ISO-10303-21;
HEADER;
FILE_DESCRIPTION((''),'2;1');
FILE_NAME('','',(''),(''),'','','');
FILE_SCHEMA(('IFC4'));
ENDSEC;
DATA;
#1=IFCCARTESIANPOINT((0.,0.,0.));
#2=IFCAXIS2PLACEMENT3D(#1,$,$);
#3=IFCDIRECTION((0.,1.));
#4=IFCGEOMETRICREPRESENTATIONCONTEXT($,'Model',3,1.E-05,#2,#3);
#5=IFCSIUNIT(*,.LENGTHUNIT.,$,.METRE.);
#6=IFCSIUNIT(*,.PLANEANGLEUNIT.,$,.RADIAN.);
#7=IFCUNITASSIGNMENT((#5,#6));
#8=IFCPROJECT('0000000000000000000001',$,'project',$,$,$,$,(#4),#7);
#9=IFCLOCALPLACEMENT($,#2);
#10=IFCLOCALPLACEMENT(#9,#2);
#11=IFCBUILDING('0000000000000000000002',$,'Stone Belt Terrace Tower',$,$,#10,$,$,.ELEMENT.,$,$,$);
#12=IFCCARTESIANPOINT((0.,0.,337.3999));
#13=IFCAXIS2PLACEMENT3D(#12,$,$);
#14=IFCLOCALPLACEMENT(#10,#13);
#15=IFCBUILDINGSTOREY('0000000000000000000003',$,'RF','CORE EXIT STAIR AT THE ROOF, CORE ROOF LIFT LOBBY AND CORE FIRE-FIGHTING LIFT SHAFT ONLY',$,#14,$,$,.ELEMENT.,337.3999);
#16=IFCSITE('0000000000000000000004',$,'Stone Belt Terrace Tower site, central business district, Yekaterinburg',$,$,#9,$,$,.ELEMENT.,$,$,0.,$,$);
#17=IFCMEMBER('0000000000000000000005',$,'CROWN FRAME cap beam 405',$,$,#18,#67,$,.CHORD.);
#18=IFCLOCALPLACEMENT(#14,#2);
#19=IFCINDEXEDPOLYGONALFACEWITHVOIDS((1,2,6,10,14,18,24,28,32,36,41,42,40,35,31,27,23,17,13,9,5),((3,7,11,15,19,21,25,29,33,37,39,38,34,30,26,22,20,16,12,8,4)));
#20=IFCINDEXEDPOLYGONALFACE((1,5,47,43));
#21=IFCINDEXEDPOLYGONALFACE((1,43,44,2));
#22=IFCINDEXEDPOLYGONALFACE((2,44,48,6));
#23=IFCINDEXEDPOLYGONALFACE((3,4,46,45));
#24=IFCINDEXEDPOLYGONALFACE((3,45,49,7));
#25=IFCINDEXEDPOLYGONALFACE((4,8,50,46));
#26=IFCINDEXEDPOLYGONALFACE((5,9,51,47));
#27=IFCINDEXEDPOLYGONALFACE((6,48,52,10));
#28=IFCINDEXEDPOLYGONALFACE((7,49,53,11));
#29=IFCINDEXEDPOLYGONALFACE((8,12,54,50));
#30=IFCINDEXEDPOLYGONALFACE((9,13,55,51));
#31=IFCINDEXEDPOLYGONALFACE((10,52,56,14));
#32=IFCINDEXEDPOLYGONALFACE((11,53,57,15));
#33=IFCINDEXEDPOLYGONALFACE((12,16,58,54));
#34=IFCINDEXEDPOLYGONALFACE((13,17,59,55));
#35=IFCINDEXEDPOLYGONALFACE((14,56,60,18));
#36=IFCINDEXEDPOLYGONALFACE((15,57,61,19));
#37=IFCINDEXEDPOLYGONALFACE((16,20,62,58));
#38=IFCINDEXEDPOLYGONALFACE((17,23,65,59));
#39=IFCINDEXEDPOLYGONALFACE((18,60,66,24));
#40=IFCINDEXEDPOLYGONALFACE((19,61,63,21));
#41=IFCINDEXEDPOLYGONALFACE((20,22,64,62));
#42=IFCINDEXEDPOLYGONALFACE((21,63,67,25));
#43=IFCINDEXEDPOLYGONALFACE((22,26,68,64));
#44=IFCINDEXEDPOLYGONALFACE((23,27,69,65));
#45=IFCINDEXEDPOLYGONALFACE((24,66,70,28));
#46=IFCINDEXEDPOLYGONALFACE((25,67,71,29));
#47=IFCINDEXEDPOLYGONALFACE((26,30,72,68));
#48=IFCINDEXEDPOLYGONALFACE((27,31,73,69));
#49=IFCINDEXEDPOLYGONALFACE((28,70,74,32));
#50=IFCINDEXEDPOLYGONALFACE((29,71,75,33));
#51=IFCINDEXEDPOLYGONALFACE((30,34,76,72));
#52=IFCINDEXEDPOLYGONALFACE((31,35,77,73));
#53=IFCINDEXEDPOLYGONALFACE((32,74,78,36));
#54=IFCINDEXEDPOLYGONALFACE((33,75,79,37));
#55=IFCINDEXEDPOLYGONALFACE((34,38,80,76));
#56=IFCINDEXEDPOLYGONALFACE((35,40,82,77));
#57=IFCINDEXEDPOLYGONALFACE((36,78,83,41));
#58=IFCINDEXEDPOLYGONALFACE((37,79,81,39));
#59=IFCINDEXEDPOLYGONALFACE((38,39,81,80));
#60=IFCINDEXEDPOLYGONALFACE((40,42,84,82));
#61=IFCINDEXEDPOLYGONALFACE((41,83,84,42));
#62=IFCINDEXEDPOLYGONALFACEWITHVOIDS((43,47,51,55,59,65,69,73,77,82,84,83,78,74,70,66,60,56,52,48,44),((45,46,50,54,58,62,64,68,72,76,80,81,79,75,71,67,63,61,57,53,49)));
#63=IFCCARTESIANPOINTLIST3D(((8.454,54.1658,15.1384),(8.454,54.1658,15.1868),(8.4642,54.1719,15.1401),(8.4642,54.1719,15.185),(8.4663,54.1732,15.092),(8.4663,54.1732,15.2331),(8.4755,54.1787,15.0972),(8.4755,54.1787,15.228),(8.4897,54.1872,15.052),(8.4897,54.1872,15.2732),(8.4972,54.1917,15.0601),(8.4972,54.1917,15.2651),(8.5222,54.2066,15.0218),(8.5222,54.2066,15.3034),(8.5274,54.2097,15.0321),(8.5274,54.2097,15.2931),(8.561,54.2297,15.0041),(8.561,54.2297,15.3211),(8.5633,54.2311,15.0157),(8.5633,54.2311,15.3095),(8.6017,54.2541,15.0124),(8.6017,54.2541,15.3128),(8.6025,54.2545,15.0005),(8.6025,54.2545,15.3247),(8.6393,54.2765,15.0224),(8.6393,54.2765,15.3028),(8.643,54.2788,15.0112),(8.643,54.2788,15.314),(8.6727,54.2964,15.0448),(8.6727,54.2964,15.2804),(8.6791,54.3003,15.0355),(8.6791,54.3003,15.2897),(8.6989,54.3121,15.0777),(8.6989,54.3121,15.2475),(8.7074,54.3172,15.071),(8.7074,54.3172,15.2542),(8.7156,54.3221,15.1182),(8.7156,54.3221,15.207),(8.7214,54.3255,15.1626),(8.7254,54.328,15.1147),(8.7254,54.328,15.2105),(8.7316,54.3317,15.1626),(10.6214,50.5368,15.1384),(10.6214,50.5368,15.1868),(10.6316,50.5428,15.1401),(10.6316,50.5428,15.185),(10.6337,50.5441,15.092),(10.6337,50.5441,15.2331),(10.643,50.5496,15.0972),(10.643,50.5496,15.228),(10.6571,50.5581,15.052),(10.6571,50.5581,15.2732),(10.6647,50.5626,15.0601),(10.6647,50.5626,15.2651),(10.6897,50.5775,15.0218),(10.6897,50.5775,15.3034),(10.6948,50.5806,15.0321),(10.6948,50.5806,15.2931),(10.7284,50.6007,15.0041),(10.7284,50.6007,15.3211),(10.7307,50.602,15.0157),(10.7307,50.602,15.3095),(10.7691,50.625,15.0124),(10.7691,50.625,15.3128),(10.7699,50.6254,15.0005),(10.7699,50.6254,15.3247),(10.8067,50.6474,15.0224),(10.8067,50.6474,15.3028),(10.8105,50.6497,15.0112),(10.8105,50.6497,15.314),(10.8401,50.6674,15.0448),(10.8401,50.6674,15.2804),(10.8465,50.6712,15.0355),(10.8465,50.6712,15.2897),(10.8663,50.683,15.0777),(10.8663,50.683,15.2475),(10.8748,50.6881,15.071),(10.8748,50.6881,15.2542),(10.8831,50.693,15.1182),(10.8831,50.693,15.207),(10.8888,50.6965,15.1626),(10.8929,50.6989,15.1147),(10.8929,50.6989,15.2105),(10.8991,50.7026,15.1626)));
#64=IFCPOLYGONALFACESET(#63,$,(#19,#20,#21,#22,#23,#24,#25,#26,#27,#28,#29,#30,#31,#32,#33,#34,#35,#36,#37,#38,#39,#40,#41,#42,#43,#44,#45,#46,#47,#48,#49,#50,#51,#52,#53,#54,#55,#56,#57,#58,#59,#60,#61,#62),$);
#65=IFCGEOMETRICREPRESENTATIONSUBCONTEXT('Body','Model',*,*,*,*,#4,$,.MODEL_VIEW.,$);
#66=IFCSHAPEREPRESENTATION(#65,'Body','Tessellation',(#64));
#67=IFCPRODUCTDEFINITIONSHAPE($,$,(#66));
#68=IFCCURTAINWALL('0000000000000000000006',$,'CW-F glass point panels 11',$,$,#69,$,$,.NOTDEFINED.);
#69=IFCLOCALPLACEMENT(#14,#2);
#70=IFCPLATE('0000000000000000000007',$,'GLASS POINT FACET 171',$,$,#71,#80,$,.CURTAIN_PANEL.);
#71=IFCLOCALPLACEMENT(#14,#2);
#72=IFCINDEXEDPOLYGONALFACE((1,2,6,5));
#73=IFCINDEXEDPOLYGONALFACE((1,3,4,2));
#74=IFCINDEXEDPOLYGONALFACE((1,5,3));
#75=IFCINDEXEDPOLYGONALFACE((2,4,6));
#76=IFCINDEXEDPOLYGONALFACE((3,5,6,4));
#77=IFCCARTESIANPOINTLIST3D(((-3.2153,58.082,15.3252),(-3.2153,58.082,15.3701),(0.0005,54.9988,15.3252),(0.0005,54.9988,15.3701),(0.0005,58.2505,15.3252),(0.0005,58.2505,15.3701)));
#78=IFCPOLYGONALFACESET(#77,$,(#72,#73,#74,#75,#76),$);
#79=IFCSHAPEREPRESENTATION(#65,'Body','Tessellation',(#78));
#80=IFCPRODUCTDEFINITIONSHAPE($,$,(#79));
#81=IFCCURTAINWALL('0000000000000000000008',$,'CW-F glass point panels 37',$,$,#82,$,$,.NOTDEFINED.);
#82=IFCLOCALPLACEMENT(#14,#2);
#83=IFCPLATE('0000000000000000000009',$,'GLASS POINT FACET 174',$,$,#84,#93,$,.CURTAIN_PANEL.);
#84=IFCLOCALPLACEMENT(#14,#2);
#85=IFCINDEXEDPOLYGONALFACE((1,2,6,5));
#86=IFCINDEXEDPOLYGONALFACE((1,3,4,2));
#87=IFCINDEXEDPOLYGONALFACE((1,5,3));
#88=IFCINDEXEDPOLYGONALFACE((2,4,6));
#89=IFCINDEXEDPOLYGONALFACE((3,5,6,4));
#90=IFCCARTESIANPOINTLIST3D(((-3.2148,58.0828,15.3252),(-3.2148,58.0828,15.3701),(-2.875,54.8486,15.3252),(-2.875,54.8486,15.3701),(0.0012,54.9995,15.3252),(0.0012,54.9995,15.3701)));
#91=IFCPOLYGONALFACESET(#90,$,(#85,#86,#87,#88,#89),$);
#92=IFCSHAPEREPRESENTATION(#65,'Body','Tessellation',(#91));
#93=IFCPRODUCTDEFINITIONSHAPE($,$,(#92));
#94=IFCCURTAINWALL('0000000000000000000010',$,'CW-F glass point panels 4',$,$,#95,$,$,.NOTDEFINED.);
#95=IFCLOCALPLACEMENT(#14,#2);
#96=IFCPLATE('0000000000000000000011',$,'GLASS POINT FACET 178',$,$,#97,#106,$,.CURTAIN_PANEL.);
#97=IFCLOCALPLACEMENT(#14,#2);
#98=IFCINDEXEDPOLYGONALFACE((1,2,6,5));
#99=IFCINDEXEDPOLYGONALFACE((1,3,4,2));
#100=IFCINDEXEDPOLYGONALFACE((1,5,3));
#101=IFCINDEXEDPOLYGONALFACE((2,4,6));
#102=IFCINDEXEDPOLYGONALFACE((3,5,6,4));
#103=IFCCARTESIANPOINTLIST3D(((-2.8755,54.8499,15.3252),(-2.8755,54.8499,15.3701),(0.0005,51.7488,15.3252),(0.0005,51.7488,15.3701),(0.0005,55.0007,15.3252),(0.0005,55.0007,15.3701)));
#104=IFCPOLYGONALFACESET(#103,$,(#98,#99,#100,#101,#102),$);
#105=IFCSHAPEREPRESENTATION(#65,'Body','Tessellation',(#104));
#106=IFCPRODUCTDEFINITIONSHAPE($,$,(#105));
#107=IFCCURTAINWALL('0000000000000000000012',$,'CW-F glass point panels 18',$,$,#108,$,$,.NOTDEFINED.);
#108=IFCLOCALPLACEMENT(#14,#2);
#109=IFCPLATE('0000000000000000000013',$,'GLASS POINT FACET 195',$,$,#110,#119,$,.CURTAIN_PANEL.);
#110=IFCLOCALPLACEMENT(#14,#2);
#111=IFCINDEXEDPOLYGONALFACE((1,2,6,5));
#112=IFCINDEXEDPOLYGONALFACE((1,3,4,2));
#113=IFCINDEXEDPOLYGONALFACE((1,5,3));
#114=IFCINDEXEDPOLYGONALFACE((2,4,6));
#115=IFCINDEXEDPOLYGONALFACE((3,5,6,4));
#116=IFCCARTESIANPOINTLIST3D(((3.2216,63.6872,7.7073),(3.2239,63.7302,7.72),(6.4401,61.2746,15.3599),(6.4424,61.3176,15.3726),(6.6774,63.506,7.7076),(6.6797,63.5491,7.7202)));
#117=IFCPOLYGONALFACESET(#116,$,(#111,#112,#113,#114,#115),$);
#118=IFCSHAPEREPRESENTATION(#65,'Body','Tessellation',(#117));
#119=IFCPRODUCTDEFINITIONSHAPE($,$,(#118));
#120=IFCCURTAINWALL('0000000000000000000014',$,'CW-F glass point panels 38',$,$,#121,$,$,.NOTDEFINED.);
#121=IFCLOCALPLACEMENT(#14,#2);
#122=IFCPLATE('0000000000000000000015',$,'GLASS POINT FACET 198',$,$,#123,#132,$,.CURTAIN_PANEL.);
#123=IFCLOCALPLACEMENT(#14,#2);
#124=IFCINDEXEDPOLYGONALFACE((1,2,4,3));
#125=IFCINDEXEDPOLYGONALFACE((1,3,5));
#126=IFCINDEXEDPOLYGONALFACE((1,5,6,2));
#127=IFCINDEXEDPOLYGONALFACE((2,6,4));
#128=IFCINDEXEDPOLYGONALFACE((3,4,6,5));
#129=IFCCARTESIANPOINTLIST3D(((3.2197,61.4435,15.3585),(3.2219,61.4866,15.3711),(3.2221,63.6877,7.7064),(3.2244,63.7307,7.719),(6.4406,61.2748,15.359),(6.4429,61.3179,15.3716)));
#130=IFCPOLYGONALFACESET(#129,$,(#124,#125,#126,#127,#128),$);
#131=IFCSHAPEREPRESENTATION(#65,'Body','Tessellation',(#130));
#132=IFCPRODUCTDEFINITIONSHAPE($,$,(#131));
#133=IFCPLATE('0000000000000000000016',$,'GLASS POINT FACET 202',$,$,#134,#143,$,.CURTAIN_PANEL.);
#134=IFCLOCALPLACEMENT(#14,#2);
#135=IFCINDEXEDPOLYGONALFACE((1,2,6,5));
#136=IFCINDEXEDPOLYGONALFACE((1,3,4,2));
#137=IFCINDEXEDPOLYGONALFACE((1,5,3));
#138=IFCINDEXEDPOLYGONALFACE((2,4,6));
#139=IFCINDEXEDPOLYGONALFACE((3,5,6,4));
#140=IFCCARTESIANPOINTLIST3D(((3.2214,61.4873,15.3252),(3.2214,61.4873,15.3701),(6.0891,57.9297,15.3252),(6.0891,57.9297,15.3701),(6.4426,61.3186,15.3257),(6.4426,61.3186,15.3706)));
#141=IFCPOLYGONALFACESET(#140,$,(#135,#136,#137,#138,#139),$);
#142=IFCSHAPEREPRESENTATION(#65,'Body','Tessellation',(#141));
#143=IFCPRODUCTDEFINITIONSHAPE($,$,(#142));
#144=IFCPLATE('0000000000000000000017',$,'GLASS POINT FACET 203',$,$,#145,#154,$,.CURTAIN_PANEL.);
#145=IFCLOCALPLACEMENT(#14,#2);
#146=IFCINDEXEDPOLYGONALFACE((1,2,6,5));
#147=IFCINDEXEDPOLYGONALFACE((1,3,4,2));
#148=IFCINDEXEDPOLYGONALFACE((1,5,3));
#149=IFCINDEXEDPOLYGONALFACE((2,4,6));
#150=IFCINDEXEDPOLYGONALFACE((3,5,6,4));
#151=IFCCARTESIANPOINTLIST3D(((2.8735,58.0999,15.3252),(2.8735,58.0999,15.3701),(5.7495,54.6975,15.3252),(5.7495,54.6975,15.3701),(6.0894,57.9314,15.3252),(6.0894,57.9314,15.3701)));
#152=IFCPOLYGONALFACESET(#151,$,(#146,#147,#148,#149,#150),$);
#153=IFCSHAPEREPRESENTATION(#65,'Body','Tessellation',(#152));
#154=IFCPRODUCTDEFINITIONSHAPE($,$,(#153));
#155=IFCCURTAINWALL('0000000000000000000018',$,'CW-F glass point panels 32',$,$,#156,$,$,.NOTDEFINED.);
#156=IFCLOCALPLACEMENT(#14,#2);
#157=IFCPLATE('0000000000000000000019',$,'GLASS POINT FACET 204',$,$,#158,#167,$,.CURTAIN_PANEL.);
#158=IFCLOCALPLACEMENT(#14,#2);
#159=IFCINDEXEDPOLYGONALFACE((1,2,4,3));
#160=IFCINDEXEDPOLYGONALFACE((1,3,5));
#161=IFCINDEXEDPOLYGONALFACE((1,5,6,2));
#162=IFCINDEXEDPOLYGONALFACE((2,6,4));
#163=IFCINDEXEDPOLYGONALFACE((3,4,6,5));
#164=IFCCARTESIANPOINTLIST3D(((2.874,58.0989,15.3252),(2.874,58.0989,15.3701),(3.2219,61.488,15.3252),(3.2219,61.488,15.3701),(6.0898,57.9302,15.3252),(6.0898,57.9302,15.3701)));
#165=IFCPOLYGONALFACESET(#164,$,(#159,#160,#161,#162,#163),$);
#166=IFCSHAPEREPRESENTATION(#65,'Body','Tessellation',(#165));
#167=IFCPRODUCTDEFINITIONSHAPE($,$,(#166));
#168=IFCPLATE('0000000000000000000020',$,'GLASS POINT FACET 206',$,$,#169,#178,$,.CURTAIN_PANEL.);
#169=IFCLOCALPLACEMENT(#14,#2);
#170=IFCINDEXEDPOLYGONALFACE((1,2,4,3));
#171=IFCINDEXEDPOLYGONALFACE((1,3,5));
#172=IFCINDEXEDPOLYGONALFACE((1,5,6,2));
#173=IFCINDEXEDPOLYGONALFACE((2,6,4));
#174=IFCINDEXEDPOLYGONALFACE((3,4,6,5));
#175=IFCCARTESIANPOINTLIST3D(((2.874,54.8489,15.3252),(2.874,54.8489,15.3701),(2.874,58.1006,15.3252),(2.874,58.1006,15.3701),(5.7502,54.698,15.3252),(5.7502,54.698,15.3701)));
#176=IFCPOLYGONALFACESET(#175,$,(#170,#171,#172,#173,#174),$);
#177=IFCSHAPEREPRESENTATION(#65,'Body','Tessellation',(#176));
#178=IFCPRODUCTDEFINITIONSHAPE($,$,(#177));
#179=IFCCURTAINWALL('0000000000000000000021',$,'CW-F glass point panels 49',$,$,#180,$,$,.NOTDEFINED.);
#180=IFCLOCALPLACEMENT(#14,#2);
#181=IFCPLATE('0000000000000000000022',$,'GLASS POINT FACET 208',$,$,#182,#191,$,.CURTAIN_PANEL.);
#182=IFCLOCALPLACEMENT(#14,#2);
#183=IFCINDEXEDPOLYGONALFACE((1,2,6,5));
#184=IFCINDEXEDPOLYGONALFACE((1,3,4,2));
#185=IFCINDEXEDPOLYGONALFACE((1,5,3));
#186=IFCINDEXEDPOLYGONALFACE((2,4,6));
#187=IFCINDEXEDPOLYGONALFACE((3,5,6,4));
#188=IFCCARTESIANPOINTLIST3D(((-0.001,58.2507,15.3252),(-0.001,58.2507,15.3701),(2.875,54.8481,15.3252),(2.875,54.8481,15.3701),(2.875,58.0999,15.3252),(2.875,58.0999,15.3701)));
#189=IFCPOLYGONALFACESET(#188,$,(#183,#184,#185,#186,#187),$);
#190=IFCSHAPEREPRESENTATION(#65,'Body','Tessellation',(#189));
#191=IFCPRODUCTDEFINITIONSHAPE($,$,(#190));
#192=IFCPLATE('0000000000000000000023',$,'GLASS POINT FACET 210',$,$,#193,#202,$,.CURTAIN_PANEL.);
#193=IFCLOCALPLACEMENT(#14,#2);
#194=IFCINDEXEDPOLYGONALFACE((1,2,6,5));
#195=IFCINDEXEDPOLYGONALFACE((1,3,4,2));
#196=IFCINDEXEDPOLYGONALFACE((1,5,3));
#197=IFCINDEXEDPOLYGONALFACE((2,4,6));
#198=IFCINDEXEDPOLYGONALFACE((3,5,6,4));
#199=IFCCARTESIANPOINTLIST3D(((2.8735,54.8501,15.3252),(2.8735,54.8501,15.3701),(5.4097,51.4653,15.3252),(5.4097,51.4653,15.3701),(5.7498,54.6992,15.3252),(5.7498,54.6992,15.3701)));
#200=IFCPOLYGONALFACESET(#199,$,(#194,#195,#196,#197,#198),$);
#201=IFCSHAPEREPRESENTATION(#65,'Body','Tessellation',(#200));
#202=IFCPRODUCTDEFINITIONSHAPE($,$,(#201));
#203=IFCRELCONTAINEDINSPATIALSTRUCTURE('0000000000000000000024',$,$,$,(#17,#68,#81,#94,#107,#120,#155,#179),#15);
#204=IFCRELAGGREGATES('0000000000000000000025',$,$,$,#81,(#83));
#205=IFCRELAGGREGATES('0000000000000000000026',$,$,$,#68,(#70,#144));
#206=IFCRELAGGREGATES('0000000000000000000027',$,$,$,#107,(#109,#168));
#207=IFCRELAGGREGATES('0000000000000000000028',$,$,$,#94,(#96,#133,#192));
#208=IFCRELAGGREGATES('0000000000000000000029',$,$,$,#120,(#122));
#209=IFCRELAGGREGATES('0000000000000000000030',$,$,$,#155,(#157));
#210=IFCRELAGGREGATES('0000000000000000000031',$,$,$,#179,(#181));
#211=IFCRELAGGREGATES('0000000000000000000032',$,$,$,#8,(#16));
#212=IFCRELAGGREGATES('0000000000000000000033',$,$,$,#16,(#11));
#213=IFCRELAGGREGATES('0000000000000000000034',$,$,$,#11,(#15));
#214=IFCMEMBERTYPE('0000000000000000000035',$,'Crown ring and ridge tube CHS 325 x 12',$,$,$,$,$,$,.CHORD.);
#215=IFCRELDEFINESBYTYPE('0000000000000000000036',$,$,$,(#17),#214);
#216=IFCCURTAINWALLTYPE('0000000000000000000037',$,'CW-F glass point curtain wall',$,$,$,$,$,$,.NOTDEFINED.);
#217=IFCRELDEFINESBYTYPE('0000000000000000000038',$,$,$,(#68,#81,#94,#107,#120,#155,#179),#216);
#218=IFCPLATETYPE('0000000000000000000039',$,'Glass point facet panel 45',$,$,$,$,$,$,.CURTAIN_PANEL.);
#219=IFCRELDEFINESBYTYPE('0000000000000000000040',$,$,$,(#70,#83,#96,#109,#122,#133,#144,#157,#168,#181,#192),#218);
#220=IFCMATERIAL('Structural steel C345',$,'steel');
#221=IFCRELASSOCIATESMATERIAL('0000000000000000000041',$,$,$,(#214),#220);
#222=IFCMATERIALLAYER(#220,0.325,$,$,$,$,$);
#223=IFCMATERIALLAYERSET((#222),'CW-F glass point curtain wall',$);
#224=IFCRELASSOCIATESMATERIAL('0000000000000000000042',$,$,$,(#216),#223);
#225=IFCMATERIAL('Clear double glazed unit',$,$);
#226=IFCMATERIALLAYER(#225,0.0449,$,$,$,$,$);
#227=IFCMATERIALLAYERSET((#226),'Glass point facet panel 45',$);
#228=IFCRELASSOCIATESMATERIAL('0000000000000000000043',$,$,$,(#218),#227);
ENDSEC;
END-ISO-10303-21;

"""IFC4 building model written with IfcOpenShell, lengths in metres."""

from ifc_helpers import new_model, si_unit, direction, frame, origin, origin_2d, place, context, subcontext, project, spatial, polyline, hollow_circle, outline, extrude, material, layer, layer_set, material_profile, profile_set, type_object, element, aggregate, save


model = new_model("IFC4")

# Units and contexts
model_context = context("Model", 3, precision=1e-05, world=origin(), true_north=direction((0.0, 1.0)))
body_context = subcontext(model_context, "Body", "Model", "MODEL_VIEW")
ifc_project = project(units=[si_unit("LENGTHUNIT", "METRE"), si_unit("PLANEANGLEUNIT", "RADIAN")], contexts=[model_context])

# Site, building, storey
site_placement = place(None, origin())
site = spatial("IfcSite", under=ifc_project, at=site_placement, Name="Stone Belt Terrace Tower site, central business district, Yekaterinburg", CompositionType="ELEMENT", RefElevation=0.0)
building_placement = place(site_placement, origin())
building = spatial("IfcBuilding", under=site, at=building_placement, Name="Stone Belt Terrace Tower", CompositionType="ELEMENT")
storey_placement = place(building_placement, frame((0.0, 0.0, 337.3999)))
storey = spatial("IfcBuildingStorey", under=building, at=storey_placement, Name="RF", Description="CORE EXIT STAIR AT THE ROOF, CORE ROOF LIFT LOBBY AND CORE FIRE-FIGHTING LIFT SHAFT ONLY", CompositionType="ELEMENT", Elevation=337.3999)

# Member
ifc_material_1 = material(Name="Structural steel C345", Category="steel")
ifc_material_profile = material_profile(ifc_material_1, hollow_circle(Radius=0.1626, WallThickness=0.012, at=origin_2d()), Name="Structural steel C345 CHS 325x12")
ifc_profile_set = profile_set([ifc_material_profile], Name="Structural steel C345")
member_type = type_object("IfcMemberType", Name="Crown ring and ridge tube CHS 325 x 12", PredefinedType="CHORD", material=ifc_profile_set)
member_1_placement = place(storey_placement, frame((8.592, 54.2483, 15.1626), z_axis=(0.512754, -0.858536, 0.0), x_axis=(0.858536, 0.512754, 0.0)))
element("IfcMember", 1, at=member_1_placement, inside=storey, type_object=member_type, Name="CROWN FRAME cap beam 405", PredefinedType="CHORD", context=body_context, shape_type="SweptSolid", body=[
    extrude(hollow_circle(Radius=0.1626, WallThickness=0.012, at=origin_2d()), origin(), (0.0, 0.0, 1.0), 4.2271),
])

# Curtain walls, plates
ifc_layer_1 = layer(ifc_material_1, 0.325)
ifc_layer_set_1 = layer_set([ifc_layer_1], Name="CW-F glass point curtain wall")
curtain_wall_type = type_object("IfcCurtainWallType", Name="CW-F glass point curtain wall", PredefinedType="NOTDEFINED", material=ifc_layer_set_1)
curtain_wall_1_placement = place(storey_placement, origin())
curtain_wall_1 = element("IfcCurtainWall", 2, at=curtain_wall_1_placement, inside=storey, type_object=curtain_wall_type, Name="CW-F glass point panels 11", PredefinedType="NOTDEFINED")
ifc_material_2 = material(Name="Clear double glazed unit")
ifc_layer_2 = layer(ifc_material_2, 0.0449)
ifc_layer_set_2 = layer_set([ifc_layer_2], Name="Glass point facet panel 45")
plate_type = type_object("IfcPlateType", Name="Glass point facet panel 45", PredefinedType="CURTAIN_PANEL", material=ifc_layer_set_2)
plate_1_placement = place(storey_placement, frame((0.0005, 54.9988, 15.3701), z_axis=(0.0, 0.0, 1.0), x_axis=(-0.721828, 0.692072, 0.0)))
plate_1 = element("IfcPlate", 3, at=plate_1_placement, type_object=plate_type, Name="GLASS POINT FACET 171", PredefinedType="CURTAIN_PANEL", context=body_context, shape_type="SweptSolid", body=[
    extrude(outline(polyline([(0.0, 0.0), (4.4551, 0.0), (2.2504, -2.3472), (0.0, 0.0)])), origin(), (0.0, 0.0, -1.0), 0.0449),
])
curtain_wall_2_placement = place(storey_placement, origin())
curtain_wall_2 = element("IfcCurtainWall", 4, at=curtain_wall_2_placement, inside=storey, type_object=curtain_wall_type, Name="CW-F glass point panels 37", PredefinedType="NOTDEFINED")
plate_2_placement = place(storey_placement, frame((0.0012, 54.9995, 15.3701), z_axis=(0.0, 0.0, 1.0), x_axis=(-0.998627, -0.052385, 0.0)))
plate_2 = element("IfcPlate", 5, at=plate_2_placement, type_object=plate_type, Name="GLASS POINT FACET 174", PredefinedType="CURTAIN_PANEL", context=body_context, shape_type="SweptSolid", body=[
    extrude(outline(polyline([(0.0, 0.0), (2.8802, 0.0), (3.0501, -3.2475), (0.0, 0.0)])), origin(), (0.0, 0.0, -1.0), 0.0449),
])
aggregate(curtain_wall_2, [plate_2])
curtain_wall_3_placement = place(storey_placement, origin())
curtain_wall_3 = element("IfcCurtainWall", 6, at=curtain_wall_3_placement, inside=storey, type_object=curtain_wall_type, Name="CW-F glass point panels 4", PredefinedType="NOTDEFINED")
plate_3_placement = place(storey_placement, frame((0.0005, 55.0007, 15.3701), z_axis=(0.0, 0.0, 1.0), x_axis=(0.0, -1.0, 0.0)))
plate_3 = element("IfcPlate", 7, at=plate_3_placement, type_object=plate_type, Name="GLASS POINT FACET 178", PredefinedType="CURTAIN_PANEL", context=body_context, shape_type="SweptSolid", body=[
    extrude(outline(polyline([(0.0, 0.0), (3.252, 0.0), (0.1509, -2.876), (0.0, 0.0)])), origin(), (0.0, 0.0, -1.0), 0.0449),
])
curtain_wall_4_placement = place(storey_placement, origin())
curtain_wall_4 = element("IfcCurtainWall", 8, at=curtain_wall_4_placement, inside=storey, type_object=curtain_wall_type, Name="CW-F glass point panels 18", PredefinedType="NOTDEFINED")
plate_4_placement = place(storey_placement, frame((6.4424, 61.3176, 15.3726), z_axis=(0.050218, 0.958386, 0.281025), x_axis=(-0.372283, 0.279064, -0.885171)))
plate_4 = element("IfcPlate", 9, at=plate_4_placement, type_object=plate_type, Name="GLASS POINT FACET 195", PredefinedType="CURTAIN_PANEL", context=body_context, shape_type="SweptSolid", body=[
    extrude(outline(polyline([(0.0, 0.0), (8.6453, 0.0), (7.308, -3.1917), (0.0, 0.0)])), origin(), (0.0, 0.0, -1.0), 0.0449),
])
curtain_wall_5_placement = place(storey_placement, origin())
curtain_wall_5 = element("IfcCurtainWall", 10, at=curtain_wall_5_placement, inside=storey, type_object=curtain_wall_type, Name="CW-F glass point panels 38", PredefinedType="NOTDEFINED")
plate_5_placement = place(storey_placement, frame((6.4429, 61.3179, 15.3716), z_axis=(0.050153, 0.958373, 0.281079), x_axis=(-0.998631, 0.052305, -0.000151)))
plate_5 = element("IfcPlate", 11, at=plate_5_placement, type_object=plate_type, Name="GLASS POINT FACET 198", PredefinedType="CURTAIN_PANEL", context=body_context, shape_type="SweptSolid", body=[
    extrude(outline(polyline([(0.0, 0.0), (3.2254, 0.0), (3.3415, -7.9735), (0.0, 0.0)])), origin(), (0.0, 0.0, -1.0), 0.0449),
])

# Plates
plate_6_placement = place(storey_placement, frame((6.4426, 61.3186, 15.3706), z_axis=(-0.000158, -0.000128, 1.0), x_axis=(-0.103752, -0.994603, -0.000143)))
plate_6 = element("IfcPlate", 12, at=plate_6_placement, type_object=plate_type, Name="GLASS POINT FACET 202", PredefinedType="CURTAIN_PANEL", context=body_context, shape_type="SweptSolid", body=[
    extrude(outline(polyline([(0.0, 0.0), (3.4073, 0.0), (0.1664, -3.2213), (0.0, 0.0)])), origin(), (0.0, 0.0, -1.0), 0.0449),
])
plate_7_placement = place(storey_placement, frame((5.7495, 54.6975, 15.3701), z_axis=(0.0, 0.0, 1.0), x_axis=(-0.645559, 0.76371, 0.0)))
plate_7 = element("IfcPlate", 13, at=plate_7_placement, type_object=plate_type, Name="GLASS POINT FACET 203", PredefinedType="CURTAIN_PANEL", context=body_context, shape_type="SweptSolid", body=[
    extrude(outline(polyline([(0.0, 0.0), (4.455, 0.0), (2.2504, -2.3472), (0.0, 0.0)])), origin(), (0.0, 0.0, -1.0), 0.0449),
])
aggregate(curtain_wall_1, [plate_1, plate_7])

# Curtain wall, plate
curtain_wall_6_placement = place(storey_placement, origin())
curtain_wall_6 = element("IfcCurtainWall", 14, at=curtain_wall_6_placement, inside=storey, type_object=curtain_wall_type, Name="CW-F glass point panels 32", PredefinedType="NOTDEFINED")
plate_8_placement = place(storey_placement, frame((3.2219, 61.488, 15.3701), z_axis=(0.0, 0.0, 1.0), x_axis=(0.627577, -0.778554, 0.0)))
plate_8 = element("IfcPlate", 15, at=plate_8_placement, type_object=plate_type, Name="GLASS POINT FACET 204", PredefinedType="CURTAIN_PANEL", context=body_context, shape_type="SweptSolid", body=[
    extrude(outline(polyline([(0.0, 0.0), (4.5698, 0.0), (2.4203, -2.3978), (0.0, 0.0)])), origin(), (0.0, 0.0, -1.0), 0.0449),
])

# Plate
plate_9_placement = place(storey_placement, frame((5.7502, 54.698, 15.3701), z_axis=(0.0, 0.0, 1.0), x_axis=(-0.998627, 0.052385, 0.0)))
plate_9 = element("IfcPlate", 16, at=plate_9_placement, type_object=plate_type, Name="GLASS POINT FACET 206", PredefinedType="CURTAIN_PANEL", context=body_context, shape_type="SweptSolid", body=[
    extrude(outline(polyline([(0.0, 0.0), (2.8802, 0.0), (3.0505, -3.2472), (0.0, 0.0)])), origin(), (0.0, 0.0, -1.0), 0.0449),
])
aggregate(curtain_wall_4, [plate_4, plate_9])

# Curtain wall, plate
curtain_wall_7_placement = place(storey_placement, origin())
curtain_wall_7 = element("IfcCurtainWall", 17, at=curtain_wall_7_placement, inside=storey, type_object=curtain_wall_type, Name="CW-F glass point panels 49", PredefinedType="NOTDEFINED")
plate_10_placement = place(storey_placement, frame((2.875, 58.0999, 15.3701), z_axis=(0.0, 0.0, 1.0), x_axis=(0.0, -1.0, 0.0)))
plate_10 = element("IfcPlate", 18, at=plate_10_placement, type_object=plate_type, Name="GLASS POINT FACET 208", PredefinedType="CURTAIN_PANEL", context=body_context, shape_type="SweptSolid", body=[
    extrude(outline(polyline([(0.0, 0.0), (3.2517, 0.0), (-0.1509, -2.876), (0.0, 0.0)])), origin(), (0.0, 0.0, -1.0), 0.0449),
])

# Plate
plate_11_placement = place(storey_placement, frame((5.7498, 54.6992, 15.3701), z_axis=(0.0, 0.0, 1.0), x_axis=(-0.104587, -0.994516, 0.0)))
plate_11 = element("IfcPlate", 19, at=plate_11_placement, type_object=plate_type, Name="GLASS POINT FACET 210", PredefinedType="CURTAIN_PANEL", context=body_context, shape_type="SweptSolid", body=[
    extrude(outline(polyline([(0.0, 0.0), (3.2517, 0.0), (0.1508, -2.8762), (0.0, 0.0)])), origin(), (0.0, 0.0, -1.0), 0.0449),
])
aggregate(curtain_wall_3, [plate_3, plate_6, plate_11])

aggregate(curtain_wall_5, [plate_5])
aggregate(curtain_wall_6, [plate_8])
aggregate(curtain_wall_7, [plate_10])

save(model, "model.ifc")
